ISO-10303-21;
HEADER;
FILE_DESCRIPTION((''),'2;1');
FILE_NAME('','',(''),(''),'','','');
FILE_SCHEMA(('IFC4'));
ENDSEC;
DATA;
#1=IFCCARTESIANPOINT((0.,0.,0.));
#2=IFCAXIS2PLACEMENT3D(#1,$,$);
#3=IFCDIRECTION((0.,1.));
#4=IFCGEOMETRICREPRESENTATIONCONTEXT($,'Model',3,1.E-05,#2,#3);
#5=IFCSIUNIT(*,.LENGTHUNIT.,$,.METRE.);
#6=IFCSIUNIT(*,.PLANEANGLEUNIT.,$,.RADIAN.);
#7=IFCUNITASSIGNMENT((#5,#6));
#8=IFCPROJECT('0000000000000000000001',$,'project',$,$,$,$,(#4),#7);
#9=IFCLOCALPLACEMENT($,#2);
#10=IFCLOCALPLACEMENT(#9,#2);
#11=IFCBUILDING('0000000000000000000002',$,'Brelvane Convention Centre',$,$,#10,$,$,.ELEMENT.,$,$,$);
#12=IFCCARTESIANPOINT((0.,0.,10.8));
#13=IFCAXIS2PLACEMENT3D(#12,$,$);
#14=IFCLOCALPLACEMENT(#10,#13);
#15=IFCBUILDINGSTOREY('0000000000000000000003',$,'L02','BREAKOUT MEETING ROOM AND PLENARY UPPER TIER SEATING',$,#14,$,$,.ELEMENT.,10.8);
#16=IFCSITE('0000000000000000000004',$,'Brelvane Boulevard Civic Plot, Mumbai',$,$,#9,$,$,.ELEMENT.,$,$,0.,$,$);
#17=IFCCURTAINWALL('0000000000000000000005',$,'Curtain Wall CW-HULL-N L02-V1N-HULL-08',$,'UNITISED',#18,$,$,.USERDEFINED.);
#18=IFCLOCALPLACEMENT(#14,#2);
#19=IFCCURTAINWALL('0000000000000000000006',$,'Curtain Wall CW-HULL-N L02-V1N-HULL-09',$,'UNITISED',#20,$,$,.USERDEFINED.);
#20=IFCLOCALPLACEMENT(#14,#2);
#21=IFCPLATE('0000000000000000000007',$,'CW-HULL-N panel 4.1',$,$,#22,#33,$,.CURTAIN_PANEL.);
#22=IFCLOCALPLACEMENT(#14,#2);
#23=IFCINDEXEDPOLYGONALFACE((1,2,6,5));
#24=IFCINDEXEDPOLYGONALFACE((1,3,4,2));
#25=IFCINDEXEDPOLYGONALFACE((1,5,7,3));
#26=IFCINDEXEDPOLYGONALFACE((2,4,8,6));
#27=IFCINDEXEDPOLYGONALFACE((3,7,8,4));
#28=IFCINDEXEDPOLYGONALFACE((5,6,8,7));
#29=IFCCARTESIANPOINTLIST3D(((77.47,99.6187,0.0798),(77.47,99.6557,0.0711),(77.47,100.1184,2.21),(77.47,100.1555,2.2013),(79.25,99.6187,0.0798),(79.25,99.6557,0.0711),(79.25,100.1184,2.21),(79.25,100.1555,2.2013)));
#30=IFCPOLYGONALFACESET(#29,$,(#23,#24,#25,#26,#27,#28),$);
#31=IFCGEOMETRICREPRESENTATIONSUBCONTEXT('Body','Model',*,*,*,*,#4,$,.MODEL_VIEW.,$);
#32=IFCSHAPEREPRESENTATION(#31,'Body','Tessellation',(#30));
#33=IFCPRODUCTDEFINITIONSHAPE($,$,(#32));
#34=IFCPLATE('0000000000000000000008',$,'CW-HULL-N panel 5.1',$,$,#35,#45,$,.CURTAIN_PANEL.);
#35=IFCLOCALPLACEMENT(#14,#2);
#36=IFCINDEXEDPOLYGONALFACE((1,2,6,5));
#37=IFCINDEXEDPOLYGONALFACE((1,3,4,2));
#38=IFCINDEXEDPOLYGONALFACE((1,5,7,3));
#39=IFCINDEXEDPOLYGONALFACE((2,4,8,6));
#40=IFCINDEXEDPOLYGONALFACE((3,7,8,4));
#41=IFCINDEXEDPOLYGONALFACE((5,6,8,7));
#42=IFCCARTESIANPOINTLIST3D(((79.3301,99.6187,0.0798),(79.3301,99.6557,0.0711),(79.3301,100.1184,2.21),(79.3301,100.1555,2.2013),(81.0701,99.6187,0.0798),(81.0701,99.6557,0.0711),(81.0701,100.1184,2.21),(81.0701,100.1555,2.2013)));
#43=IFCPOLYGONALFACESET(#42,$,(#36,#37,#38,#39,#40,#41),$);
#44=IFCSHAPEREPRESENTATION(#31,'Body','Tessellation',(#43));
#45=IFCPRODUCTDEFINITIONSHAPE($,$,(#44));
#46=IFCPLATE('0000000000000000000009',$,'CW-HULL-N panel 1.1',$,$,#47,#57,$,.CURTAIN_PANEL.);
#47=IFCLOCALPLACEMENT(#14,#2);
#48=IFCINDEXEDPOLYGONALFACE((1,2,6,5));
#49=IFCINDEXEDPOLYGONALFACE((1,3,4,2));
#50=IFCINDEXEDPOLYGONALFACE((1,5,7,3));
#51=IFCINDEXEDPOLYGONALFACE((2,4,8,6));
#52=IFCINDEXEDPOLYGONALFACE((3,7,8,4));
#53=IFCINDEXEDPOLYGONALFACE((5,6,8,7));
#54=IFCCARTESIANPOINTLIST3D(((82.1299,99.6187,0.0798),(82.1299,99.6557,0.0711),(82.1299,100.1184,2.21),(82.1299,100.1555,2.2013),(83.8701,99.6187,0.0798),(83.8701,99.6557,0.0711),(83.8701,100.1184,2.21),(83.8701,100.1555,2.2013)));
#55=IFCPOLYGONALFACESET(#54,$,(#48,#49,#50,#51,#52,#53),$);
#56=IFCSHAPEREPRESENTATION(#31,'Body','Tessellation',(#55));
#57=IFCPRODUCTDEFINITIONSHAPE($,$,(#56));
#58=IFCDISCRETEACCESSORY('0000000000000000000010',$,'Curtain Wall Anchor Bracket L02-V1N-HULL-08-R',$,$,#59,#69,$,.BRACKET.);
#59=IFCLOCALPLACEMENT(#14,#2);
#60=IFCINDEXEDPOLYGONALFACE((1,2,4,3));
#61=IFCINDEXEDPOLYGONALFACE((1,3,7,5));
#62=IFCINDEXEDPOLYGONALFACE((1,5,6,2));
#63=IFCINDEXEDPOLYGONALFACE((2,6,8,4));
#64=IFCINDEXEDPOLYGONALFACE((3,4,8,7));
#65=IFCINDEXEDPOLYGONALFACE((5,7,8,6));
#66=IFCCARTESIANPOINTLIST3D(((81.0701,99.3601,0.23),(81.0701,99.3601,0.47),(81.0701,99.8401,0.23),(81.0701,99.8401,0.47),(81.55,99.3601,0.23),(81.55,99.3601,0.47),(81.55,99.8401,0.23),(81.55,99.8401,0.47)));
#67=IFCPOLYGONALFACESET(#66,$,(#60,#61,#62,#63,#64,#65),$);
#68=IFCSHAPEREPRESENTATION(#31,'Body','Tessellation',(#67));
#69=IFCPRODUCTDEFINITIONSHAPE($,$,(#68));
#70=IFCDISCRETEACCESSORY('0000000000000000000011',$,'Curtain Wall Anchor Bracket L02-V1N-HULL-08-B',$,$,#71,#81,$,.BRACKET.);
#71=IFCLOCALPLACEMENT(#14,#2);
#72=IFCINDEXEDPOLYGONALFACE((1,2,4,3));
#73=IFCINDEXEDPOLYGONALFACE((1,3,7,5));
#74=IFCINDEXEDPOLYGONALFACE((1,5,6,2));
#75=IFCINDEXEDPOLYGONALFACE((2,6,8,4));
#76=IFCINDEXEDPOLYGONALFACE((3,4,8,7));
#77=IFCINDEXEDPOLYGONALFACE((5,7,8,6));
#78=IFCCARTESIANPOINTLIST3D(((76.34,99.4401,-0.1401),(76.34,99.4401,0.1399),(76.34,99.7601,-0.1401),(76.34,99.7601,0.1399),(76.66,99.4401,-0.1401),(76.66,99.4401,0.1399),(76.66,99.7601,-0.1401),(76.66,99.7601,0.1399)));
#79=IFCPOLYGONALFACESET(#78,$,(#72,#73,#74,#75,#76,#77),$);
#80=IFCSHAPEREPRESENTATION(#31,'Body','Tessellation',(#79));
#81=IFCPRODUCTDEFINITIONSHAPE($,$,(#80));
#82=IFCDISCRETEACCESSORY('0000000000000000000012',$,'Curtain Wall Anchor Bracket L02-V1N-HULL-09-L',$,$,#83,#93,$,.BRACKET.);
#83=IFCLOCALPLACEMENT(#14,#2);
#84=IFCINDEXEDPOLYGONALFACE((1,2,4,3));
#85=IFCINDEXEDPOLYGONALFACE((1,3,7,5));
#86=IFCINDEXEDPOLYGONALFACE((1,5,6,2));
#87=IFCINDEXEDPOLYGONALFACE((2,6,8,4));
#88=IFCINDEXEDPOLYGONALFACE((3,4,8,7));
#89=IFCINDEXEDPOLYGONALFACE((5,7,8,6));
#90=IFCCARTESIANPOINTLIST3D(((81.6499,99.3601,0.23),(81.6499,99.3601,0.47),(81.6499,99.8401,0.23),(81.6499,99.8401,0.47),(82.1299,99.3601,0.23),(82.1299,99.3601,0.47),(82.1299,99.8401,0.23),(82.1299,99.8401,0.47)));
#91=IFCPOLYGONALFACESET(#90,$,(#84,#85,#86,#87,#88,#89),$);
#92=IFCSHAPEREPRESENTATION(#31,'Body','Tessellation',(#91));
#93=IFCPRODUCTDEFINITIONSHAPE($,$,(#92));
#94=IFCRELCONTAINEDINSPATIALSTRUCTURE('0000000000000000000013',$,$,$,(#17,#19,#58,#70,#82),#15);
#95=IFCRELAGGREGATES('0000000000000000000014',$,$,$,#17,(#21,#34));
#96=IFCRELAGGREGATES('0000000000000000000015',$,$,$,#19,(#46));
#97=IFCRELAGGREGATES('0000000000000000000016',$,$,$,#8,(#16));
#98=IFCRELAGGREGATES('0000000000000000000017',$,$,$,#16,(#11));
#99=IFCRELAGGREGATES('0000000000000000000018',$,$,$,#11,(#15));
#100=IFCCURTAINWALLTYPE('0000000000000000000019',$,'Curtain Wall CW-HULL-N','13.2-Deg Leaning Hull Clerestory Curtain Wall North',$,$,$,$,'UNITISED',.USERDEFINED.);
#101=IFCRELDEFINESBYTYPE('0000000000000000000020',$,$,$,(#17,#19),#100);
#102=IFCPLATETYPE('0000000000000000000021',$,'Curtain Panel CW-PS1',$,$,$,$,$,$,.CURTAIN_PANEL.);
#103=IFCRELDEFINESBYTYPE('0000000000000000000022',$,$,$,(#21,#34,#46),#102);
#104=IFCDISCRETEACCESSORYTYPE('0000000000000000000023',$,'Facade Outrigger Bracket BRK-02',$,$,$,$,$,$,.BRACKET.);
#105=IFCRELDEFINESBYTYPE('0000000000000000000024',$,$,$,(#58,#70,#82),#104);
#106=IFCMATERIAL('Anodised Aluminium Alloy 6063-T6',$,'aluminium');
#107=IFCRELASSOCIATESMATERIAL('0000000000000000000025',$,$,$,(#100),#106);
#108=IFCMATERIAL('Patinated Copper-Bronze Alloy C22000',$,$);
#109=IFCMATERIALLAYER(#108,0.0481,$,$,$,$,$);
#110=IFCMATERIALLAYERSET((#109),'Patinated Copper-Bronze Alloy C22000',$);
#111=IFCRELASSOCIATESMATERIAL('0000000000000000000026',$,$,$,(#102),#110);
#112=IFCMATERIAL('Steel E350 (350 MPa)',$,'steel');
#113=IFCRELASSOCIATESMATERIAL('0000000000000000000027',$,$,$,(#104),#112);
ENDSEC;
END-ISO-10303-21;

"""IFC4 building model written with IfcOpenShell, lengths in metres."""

from ifc_helpers import new_model, si_unit, direction, frame, origin, origin_2d, place, context, subcontext, project, spatial, polyline, rectangle, outline, extrude, material, layer, layer_set, type_object, element, aggregate, save


model = new_model("IFC4")

# Units and contexts
model_context = context("Model", 3, precision=1e-05, world=origin(), true_north=direction((0.0, 1.0)))
body_context = subcontext(model_context, "Body", "Model", "MODEL_VIEW")
ifc_project = project(units=[si_unit("LENGTHUNIT", "METRE"), si_unit("PLANEANGLEUNIT", "RADIAN")], contexts=[model_context])

# Site, building, storey
site_placement = place(None, origin())
site = spatial("IfcSite", under=ifc_project, at=site_placement, Name="Brelvane Boulevard Civic Plot, Mumbai", CompositionType="ELEMENT", RefElevation=0.0)
building_placement = place(site_placement, origin())
building = spatial("IfcBuilding", under=site, at=building_placement, Name="Brelvane Convention Centre", CompositionType="ELEMENT")
storey_placement = place(building_placement, frame((0.0, 0.0, 10.8)))
storey = spatial("IfcBuildingStorey", under=building, at=storey_placement, Name="L02", Description="BREAKOUT MEETING ROOM AND PLENARY UPPER TIER SEATING", CompositionType="ELEMENT", Elevation=10.8)

# Curtain walls
ifc_material_1 = material(Name="Anodised Aluminium Alloy 6063-T6", Category="aluminium")
curtain_wall_type = type_object("IfcCurtainWallType", Name="Curtain Wall CW-HULL-N", Description="13.2-Deg Leaning Hull Clerestory Curtain Wall North", ElementType="UNITISED", PredefinedType="USERDEFINED", material=ifc_material_1)
curtain_wall_1_placement = place(storey_placement, origin())
curtain_wall_1 = element("IfcCurtainWall", 1, at=curtain_wall_1_placement, inside=storey, type_object=curtain_wall_type, Name="Curtain Wall CW-HULL-N L02-V1N-HULL-08", ObjectType="UNITISED", PredefinedType="USERDEFINED")
curtain_wall_2_placement = place(storey_placement, origin())
curtain_wall_2 = element("IfcCurtainWall", 2, at=curtain_wall_2_placement, inside=storey, type_object=curtain_wall_type, Name="Curtain Wall CW-HULL-N L02-V1N-HULL-09", ObjectType="UNITISED", PredefinedType="USERDEFINED")

# Plates
ifc_material_2 = material(Name="Patinated Copper-Bronze Alloy C22000")
ifc_layer_1 = layer(ifc_material_2, 0.0481)
ifc_layer_set_1 = layer_set([ifc_layer_1], Name="Patinated Copper-Bronze Alloy C22000")
plate_type_1 = type_object("IfcPlateType", Name="Curtain Panel CW-PS1", PredefinedType="CURTAIN_PANEL", material=ifc_layer_set_1)
plate_1_placement = place(storey_placement, frame((77.47, 99.6187, 0.0798), z_axis=(0.0, -0.973565, 0.228411), x_axis=(1.0, 0.0, 0.0)))
plate_1 = element("IfcPlate", 3, at=plate_1_placement, type_object=plate_type_1, Name="CW-HULL-N panel 4.1", PredefinedType="CURTAIN_PANEL", context=body_context, shape_type="SweptSolid", body=[
    extrude(outline(polyline([(0.0, 0.0), (1.78, 0.0), (1.78, 2.188), (0.0, 2.188), (0.0, 0.0)])), origin(), (0.0, 0.0, -1.0), 0.0381),
])
plate_2_placement = place(storey_placement, frame((79.3301, 99.6187, 0.0798), z_axis=(0.0, -0.973565, 0.228411), x_axis=(1.0, 0.0, 0.0)))
plate_2 = element("IfcPlate", 4, at=plate_2_placement, type_object=plate_type_1, Name="CW-HULL-N panel 5.1", PredefinedType="CURTAIN_PANEL", context=body_context, shape_type="SweptSolid", body=[
    extrude(outline(polyline([(0.0, 0.0), (1.74, 0.0), (1.74, 2.188), (0.0, 2.188), (0.0, 0.0)])), origin(), (0.0, 0.0, -1.0), 0.0381),
])
aggregate(curtain_wall_1, [plate_1, plate_2])
plate_3_placement = place(storey_placement, frame((82.1299, 99.6187, 0.0798), z_axis=(0.0, -0.973565, 0.228411), x_axis=(1.0, 0.0, 0.0)))
plate_3 = element("IfcPlate", 5, at=plate_3_placement, type_object=plate_type_1, Name="CW-HULL-N panel 1.1", PredefinedType="CURTAIN_PANEL", context=body_context, shape_type="SweptSolid", body=[
    extrude(outline(polyline([(0.0, 0.0), (1.7402, 0.0), (1.7402, 2.188), (0.0, 2.188), (0.0, 0.0)])), origin(), (0.0, 0.0, -1.0), 0.0381),
])
aggregate(curtain_wall_2, [plate_3])

# Discrete accessories
ifc_material_3 = material(Name="Steel E350 (350 MPa)", Category="steel")
discrete_accessory_type = type_object("IfcDiscreteAccessoryType", Name="Facade Outrigger Bracket BRK-02", PredefinedType="BRACKET", material=ifc_material_3)
discrete_accessory_1_placement = place(storey_placement, frame((81.3101, 99.6001, 0.23), z_axis=(0.0, 0.0, 1.0), x_axis=(1.0, 0.0, 0.0)))
element("IfcDiscreteAccessory", 6, at=discrete_accessory_1_placement, inside=storey, type_object=discrete_accessory_type, Name="Curtain Wall Anchor Bracket L02-V1N-HULL-08-R", PredefinedType="BRACKET", context=body_context, shape_type="SweptSolid", body=[
    extrude(rectangle(XDim=0.48, YDim=0.48, at=origin_2d()), origin(), (0.0, 0.0, 1.0), 0.24),
])
discrete_accessory_2_placement = place(storey_placement, frame((76.5, 99.6001, -0.1401), z_axis=(0.0, 0.0, 1.0), x_axis=(1.0, 0.0, 0.0)))
element("IfcDiscreteAccessory", 7, at=discrete_accessory_2_placement, inside=storey, type_object=discrete_accessory_type, Name="Curtain Wall Anchor Bracket L02-V1N-HULL-08-B", PredefinedType="BRACKET", context=body_context, shape_type="SweptSolid", body=[
    extrude(rectangle(XDim=0.3201, YDim=0.3201, at=origin_2d()), origin(), (0.0, 0.0, 1.0), 0.28),
])
discrete_accessory_3_placement = place(storey_placement, frame((81.8899, 99.6001, 0.23), z_axis=(0.0, 0.0, 1.0), x_axis=(1.0, 0.0, 0.0)))
element("IfcDiscreteAccessory", 8, at=discrete_accessory_3_placement, inside=storey, type_object=discrete_accessory_type, Name="Curtain Wall Anchor Bracket L02-V1N-HULL-09-L", PredefinedType="BRACKET", context=body_context, shape_type="SweptSolid", body=[
    extrude(rectangle(XDim=0.48, YDim=0.48, at=origin_2d()), origin(), (0.0, 0.0, 1.0), 0.24),
])

save(model, "model.ifc")
